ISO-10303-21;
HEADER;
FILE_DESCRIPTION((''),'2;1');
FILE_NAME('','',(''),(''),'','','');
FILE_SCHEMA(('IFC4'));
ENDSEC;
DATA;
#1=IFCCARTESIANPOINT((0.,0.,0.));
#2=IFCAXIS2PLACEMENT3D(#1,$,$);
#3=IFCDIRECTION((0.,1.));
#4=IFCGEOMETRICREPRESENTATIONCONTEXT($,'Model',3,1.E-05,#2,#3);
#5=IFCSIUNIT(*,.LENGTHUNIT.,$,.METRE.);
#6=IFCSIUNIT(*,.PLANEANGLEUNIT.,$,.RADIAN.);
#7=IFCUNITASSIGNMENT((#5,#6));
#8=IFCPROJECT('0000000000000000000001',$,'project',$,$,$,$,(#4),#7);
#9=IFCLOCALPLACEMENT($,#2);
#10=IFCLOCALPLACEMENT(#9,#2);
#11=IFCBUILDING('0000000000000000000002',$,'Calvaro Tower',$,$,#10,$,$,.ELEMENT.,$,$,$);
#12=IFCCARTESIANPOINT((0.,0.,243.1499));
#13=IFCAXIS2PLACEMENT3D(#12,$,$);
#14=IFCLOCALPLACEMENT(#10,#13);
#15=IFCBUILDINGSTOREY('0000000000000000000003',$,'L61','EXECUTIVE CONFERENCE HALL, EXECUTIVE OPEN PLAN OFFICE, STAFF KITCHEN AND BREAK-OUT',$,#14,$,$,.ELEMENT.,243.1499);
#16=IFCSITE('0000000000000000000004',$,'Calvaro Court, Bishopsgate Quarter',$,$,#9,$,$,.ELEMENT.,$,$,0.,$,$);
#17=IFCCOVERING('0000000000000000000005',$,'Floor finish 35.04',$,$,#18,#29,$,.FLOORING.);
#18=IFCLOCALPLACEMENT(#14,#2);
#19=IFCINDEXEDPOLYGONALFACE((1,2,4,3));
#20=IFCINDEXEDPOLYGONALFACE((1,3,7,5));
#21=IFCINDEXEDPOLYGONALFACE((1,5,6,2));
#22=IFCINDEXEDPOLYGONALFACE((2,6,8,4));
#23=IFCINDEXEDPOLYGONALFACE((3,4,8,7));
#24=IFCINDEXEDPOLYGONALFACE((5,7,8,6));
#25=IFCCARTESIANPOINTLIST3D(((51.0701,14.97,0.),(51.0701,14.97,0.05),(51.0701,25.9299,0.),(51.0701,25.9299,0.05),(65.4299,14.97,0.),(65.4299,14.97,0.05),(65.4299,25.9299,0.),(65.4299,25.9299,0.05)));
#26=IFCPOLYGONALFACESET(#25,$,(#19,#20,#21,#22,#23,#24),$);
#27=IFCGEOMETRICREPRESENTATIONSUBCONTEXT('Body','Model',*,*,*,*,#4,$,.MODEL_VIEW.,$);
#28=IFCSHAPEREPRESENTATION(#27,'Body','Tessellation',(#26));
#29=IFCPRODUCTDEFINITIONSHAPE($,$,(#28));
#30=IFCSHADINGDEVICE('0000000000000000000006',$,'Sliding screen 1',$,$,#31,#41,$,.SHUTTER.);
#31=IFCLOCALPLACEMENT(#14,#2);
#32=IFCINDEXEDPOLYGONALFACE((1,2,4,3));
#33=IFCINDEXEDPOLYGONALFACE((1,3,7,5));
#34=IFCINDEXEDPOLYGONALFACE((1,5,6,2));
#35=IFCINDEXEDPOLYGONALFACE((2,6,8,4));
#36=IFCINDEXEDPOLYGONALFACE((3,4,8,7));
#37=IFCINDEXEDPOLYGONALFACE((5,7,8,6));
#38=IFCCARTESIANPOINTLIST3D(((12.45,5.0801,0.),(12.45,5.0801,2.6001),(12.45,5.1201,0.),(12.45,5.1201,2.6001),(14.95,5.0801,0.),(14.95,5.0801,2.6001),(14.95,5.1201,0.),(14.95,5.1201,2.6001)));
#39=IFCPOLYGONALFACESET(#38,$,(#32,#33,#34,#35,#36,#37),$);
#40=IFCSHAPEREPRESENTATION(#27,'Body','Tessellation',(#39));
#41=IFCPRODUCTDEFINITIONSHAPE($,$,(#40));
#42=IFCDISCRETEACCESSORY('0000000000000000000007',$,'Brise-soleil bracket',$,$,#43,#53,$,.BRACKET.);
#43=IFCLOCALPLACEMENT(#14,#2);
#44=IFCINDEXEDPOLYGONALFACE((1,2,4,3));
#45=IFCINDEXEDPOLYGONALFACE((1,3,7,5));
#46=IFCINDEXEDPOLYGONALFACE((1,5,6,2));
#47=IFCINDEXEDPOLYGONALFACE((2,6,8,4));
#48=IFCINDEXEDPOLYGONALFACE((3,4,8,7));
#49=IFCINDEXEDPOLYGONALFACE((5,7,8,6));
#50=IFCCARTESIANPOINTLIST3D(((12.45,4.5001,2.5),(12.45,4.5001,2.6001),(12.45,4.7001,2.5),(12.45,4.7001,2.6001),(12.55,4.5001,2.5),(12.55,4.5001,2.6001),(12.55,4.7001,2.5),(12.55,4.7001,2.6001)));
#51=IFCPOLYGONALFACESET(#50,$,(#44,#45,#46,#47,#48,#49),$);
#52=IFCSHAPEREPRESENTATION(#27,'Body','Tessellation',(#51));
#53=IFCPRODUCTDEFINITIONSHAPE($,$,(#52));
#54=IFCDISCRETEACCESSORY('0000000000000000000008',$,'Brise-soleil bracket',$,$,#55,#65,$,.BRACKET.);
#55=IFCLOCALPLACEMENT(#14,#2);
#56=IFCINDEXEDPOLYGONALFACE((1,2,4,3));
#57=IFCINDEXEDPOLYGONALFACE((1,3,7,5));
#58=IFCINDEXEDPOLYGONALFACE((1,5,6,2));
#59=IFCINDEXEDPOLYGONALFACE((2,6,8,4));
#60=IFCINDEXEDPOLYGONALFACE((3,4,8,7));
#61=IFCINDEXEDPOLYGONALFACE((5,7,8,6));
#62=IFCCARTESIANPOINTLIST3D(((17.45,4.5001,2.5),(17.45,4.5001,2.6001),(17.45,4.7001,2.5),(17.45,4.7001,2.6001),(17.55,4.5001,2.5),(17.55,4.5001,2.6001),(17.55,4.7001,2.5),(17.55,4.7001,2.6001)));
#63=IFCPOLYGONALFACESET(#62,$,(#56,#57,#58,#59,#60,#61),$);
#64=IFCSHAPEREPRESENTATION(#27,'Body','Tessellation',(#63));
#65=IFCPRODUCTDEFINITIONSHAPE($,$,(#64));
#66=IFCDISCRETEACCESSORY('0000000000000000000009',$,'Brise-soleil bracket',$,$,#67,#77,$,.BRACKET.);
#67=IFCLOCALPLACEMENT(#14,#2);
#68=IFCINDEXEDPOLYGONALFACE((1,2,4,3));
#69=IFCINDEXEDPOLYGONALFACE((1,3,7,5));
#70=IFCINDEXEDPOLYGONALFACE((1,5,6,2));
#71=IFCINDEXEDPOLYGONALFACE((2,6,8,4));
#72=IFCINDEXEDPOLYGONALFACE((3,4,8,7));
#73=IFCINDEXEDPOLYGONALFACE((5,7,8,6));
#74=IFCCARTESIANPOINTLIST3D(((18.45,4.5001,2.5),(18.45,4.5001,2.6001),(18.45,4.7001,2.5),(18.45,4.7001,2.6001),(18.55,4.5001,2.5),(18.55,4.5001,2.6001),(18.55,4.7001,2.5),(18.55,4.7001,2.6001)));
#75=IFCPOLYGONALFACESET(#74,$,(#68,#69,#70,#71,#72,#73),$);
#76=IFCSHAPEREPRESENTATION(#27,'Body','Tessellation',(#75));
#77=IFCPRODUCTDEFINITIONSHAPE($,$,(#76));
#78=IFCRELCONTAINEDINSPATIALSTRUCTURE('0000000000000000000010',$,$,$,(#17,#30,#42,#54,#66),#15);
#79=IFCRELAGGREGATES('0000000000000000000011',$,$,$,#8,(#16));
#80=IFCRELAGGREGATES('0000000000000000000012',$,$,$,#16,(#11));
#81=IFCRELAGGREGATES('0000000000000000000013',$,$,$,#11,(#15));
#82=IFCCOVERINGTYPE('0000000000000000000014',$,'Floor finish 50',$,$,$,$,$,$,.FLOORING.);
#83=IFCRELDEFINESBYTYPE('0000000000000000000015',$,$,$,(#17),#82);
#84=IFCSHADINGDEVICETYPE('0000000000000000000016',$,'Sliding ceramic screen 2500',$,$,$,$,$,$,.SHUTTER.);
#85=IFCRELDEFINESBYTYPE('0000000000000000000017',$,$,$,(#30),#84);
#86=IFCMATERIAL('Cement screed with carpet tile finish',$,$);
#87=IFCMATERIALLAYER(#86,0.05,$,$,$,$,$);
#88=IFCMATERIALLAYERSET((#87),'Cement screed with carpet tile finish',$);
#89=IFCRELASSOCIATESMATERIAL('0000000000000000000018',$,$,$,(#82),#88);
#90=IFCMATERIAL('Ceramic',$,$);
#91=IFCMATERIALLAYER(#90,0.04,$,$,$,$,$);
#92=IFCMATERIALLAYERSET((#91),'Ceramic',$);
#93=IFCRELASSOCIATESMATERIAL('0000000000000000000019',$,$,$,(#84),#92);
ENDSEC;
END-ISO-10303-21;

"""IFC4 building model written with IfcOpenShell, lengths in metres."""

from ifc_helpers import new_model, si_unit, direction, frame, origin, origin_2d, place, context, subcontext, project, spatial, polyline, rectangle, outline, extrude, material, layer, layer_set, type_object, element, save


model = new_model("IFC4")

# Units and contexts
model_context = context("Model", 3, precision=1e-05, world=origin(), true_north=direction((0.0, 1.0)))
body_context = subcontext(model_context, "Body", "Model", "MODEL_VIEW")
ifc_project = project(units=[si_unit("LENGTHUNIT", "METRE"), si_unit("PLANEANGLEUNIT", "RADIAN")], contexts=[model_context])

# Site, building, storey
site_placement = place(None, origin())
site = spatial("IfcSite", under=ifc_project, at=site_placement, Name="Calvaro Court, Bishopsgate Quarter", CompositionType="ELEMENT", RefElevation=0.0)
building_placement = place(site_placement, origin())
building = spatial("IfcBuilding", under=site, at=building_placement, Name="Calvaro Tower", CompositionType="ELEMENT")
storey_placement = place(building_placement, frame((0.0, 0.0, 243.1499)))
storey = spatial("IfcBuildingStorey", under=building, at=storey_placement, Name="L61", Description="EXECUTIVE CONFERENCE HALL, EXECUTIVE OPEN PLAN OFFICE, STAFF KITCHEN AND BREAK-OUT", CompositionType="ELEMENT", Elevation=243.1499)

# Covering
ifc_material_1 = material(Name="Cement screed with carpet tile finish")
ifc_layer_1 = layer(ifc_material_1, 0.05)
ifc_layer_set_1 = layer_set([ifc_layer_1], Name="Cement screed with carpet tile finish")
covering_type = type_object("IfcCoveringType", Name="Floor finish 50", PredefinedType="FLOORING", material=ifc_layer_set_1)
covering_1_placement = place(storey_placement, origin())
element("IfcCovering", 1, at=covering_1_placement, inside=storey, type_object=covering_type, Name="Floor finish 35.04", PredefinedType="FLOORING", context=body_context, shape_type="SweptSolid", body=[
    extrude(outline(polyline([(65.4299, 14.97), (51.0701, 14.97), (51.0701, 25.9299), (65.4299, 25.9299), (65.4299, 14.97)])), origin(), (0.0, 0.0, 1.0), 0.05),
])

# Shading device
ifc_material_2 = material(Name="Ceramic")
ifc_layer_2 = layer(ifc_material_2, 0.04)
ifc_layer_set_2 = layer_set([ifc_layer_2], Name="Ceramic")
shading_device_type_1 = type_object("IfcShadingDeviceType", Name="Sliding ceramic screen 2500", PredefinedType="SHUTTER", material=ifc_layer_set_2)
shading_device_placement = place(storey_placement, frame((13.7, 5.1001, 0.0), z_axis=(0.0, 0.0, 1.0), x_axis=(1.0, 0.0, 0.0)))
element("IfcShadingDevice", 2, at=shading_device_placement, inside=storey, type_object=shading_device_type_1, Name="Sliding screen 1", PredefinedType="SHUTTER", context=body_context, shape_type="SweptSolid", body=[
    extrude(rectangle(XDim=2.5, YDim=0.04, at=origin_2d()), origin(), (0.0, 0.0, 1.0), 2.6001),
])

# Discrete accessories
for number, where, z_axis, x_axis, name in (
    (3, (12.5, 4.6001, 2.5), (0.0, 0.0, 1.0), (1.0, 0.0, 0.0), "Brise-soleil bracket"),
    (4, (17.5, 4.6001, 2.5), (0.0, 0.0, 1.0), (1.0, 0.0, 0.0), "Brise-soleil bracket"),
    (5, (18.5, 4.6001, 2.5), (0.0, 0.0, 1.0), (1.0, 0.0, 0.0), "Brise-soleil bracket"),
):
    element("IfcDiscreteAccessory", number, at=place(storey_placement, frame(where, z_axis=z_axis, x_axis=x_axis)), inside=storey, Name=name, PredefinedType="BRACKET", context=body_context, shape_type="SweptSolid", body=[
        extrude(rectangle(XDim=0.1001, YDim=0.2, at=origin_2d()), origin(), (0.0, 0.0, 1.0), 0.1001),
    ])

save(model, "model.ifc")
